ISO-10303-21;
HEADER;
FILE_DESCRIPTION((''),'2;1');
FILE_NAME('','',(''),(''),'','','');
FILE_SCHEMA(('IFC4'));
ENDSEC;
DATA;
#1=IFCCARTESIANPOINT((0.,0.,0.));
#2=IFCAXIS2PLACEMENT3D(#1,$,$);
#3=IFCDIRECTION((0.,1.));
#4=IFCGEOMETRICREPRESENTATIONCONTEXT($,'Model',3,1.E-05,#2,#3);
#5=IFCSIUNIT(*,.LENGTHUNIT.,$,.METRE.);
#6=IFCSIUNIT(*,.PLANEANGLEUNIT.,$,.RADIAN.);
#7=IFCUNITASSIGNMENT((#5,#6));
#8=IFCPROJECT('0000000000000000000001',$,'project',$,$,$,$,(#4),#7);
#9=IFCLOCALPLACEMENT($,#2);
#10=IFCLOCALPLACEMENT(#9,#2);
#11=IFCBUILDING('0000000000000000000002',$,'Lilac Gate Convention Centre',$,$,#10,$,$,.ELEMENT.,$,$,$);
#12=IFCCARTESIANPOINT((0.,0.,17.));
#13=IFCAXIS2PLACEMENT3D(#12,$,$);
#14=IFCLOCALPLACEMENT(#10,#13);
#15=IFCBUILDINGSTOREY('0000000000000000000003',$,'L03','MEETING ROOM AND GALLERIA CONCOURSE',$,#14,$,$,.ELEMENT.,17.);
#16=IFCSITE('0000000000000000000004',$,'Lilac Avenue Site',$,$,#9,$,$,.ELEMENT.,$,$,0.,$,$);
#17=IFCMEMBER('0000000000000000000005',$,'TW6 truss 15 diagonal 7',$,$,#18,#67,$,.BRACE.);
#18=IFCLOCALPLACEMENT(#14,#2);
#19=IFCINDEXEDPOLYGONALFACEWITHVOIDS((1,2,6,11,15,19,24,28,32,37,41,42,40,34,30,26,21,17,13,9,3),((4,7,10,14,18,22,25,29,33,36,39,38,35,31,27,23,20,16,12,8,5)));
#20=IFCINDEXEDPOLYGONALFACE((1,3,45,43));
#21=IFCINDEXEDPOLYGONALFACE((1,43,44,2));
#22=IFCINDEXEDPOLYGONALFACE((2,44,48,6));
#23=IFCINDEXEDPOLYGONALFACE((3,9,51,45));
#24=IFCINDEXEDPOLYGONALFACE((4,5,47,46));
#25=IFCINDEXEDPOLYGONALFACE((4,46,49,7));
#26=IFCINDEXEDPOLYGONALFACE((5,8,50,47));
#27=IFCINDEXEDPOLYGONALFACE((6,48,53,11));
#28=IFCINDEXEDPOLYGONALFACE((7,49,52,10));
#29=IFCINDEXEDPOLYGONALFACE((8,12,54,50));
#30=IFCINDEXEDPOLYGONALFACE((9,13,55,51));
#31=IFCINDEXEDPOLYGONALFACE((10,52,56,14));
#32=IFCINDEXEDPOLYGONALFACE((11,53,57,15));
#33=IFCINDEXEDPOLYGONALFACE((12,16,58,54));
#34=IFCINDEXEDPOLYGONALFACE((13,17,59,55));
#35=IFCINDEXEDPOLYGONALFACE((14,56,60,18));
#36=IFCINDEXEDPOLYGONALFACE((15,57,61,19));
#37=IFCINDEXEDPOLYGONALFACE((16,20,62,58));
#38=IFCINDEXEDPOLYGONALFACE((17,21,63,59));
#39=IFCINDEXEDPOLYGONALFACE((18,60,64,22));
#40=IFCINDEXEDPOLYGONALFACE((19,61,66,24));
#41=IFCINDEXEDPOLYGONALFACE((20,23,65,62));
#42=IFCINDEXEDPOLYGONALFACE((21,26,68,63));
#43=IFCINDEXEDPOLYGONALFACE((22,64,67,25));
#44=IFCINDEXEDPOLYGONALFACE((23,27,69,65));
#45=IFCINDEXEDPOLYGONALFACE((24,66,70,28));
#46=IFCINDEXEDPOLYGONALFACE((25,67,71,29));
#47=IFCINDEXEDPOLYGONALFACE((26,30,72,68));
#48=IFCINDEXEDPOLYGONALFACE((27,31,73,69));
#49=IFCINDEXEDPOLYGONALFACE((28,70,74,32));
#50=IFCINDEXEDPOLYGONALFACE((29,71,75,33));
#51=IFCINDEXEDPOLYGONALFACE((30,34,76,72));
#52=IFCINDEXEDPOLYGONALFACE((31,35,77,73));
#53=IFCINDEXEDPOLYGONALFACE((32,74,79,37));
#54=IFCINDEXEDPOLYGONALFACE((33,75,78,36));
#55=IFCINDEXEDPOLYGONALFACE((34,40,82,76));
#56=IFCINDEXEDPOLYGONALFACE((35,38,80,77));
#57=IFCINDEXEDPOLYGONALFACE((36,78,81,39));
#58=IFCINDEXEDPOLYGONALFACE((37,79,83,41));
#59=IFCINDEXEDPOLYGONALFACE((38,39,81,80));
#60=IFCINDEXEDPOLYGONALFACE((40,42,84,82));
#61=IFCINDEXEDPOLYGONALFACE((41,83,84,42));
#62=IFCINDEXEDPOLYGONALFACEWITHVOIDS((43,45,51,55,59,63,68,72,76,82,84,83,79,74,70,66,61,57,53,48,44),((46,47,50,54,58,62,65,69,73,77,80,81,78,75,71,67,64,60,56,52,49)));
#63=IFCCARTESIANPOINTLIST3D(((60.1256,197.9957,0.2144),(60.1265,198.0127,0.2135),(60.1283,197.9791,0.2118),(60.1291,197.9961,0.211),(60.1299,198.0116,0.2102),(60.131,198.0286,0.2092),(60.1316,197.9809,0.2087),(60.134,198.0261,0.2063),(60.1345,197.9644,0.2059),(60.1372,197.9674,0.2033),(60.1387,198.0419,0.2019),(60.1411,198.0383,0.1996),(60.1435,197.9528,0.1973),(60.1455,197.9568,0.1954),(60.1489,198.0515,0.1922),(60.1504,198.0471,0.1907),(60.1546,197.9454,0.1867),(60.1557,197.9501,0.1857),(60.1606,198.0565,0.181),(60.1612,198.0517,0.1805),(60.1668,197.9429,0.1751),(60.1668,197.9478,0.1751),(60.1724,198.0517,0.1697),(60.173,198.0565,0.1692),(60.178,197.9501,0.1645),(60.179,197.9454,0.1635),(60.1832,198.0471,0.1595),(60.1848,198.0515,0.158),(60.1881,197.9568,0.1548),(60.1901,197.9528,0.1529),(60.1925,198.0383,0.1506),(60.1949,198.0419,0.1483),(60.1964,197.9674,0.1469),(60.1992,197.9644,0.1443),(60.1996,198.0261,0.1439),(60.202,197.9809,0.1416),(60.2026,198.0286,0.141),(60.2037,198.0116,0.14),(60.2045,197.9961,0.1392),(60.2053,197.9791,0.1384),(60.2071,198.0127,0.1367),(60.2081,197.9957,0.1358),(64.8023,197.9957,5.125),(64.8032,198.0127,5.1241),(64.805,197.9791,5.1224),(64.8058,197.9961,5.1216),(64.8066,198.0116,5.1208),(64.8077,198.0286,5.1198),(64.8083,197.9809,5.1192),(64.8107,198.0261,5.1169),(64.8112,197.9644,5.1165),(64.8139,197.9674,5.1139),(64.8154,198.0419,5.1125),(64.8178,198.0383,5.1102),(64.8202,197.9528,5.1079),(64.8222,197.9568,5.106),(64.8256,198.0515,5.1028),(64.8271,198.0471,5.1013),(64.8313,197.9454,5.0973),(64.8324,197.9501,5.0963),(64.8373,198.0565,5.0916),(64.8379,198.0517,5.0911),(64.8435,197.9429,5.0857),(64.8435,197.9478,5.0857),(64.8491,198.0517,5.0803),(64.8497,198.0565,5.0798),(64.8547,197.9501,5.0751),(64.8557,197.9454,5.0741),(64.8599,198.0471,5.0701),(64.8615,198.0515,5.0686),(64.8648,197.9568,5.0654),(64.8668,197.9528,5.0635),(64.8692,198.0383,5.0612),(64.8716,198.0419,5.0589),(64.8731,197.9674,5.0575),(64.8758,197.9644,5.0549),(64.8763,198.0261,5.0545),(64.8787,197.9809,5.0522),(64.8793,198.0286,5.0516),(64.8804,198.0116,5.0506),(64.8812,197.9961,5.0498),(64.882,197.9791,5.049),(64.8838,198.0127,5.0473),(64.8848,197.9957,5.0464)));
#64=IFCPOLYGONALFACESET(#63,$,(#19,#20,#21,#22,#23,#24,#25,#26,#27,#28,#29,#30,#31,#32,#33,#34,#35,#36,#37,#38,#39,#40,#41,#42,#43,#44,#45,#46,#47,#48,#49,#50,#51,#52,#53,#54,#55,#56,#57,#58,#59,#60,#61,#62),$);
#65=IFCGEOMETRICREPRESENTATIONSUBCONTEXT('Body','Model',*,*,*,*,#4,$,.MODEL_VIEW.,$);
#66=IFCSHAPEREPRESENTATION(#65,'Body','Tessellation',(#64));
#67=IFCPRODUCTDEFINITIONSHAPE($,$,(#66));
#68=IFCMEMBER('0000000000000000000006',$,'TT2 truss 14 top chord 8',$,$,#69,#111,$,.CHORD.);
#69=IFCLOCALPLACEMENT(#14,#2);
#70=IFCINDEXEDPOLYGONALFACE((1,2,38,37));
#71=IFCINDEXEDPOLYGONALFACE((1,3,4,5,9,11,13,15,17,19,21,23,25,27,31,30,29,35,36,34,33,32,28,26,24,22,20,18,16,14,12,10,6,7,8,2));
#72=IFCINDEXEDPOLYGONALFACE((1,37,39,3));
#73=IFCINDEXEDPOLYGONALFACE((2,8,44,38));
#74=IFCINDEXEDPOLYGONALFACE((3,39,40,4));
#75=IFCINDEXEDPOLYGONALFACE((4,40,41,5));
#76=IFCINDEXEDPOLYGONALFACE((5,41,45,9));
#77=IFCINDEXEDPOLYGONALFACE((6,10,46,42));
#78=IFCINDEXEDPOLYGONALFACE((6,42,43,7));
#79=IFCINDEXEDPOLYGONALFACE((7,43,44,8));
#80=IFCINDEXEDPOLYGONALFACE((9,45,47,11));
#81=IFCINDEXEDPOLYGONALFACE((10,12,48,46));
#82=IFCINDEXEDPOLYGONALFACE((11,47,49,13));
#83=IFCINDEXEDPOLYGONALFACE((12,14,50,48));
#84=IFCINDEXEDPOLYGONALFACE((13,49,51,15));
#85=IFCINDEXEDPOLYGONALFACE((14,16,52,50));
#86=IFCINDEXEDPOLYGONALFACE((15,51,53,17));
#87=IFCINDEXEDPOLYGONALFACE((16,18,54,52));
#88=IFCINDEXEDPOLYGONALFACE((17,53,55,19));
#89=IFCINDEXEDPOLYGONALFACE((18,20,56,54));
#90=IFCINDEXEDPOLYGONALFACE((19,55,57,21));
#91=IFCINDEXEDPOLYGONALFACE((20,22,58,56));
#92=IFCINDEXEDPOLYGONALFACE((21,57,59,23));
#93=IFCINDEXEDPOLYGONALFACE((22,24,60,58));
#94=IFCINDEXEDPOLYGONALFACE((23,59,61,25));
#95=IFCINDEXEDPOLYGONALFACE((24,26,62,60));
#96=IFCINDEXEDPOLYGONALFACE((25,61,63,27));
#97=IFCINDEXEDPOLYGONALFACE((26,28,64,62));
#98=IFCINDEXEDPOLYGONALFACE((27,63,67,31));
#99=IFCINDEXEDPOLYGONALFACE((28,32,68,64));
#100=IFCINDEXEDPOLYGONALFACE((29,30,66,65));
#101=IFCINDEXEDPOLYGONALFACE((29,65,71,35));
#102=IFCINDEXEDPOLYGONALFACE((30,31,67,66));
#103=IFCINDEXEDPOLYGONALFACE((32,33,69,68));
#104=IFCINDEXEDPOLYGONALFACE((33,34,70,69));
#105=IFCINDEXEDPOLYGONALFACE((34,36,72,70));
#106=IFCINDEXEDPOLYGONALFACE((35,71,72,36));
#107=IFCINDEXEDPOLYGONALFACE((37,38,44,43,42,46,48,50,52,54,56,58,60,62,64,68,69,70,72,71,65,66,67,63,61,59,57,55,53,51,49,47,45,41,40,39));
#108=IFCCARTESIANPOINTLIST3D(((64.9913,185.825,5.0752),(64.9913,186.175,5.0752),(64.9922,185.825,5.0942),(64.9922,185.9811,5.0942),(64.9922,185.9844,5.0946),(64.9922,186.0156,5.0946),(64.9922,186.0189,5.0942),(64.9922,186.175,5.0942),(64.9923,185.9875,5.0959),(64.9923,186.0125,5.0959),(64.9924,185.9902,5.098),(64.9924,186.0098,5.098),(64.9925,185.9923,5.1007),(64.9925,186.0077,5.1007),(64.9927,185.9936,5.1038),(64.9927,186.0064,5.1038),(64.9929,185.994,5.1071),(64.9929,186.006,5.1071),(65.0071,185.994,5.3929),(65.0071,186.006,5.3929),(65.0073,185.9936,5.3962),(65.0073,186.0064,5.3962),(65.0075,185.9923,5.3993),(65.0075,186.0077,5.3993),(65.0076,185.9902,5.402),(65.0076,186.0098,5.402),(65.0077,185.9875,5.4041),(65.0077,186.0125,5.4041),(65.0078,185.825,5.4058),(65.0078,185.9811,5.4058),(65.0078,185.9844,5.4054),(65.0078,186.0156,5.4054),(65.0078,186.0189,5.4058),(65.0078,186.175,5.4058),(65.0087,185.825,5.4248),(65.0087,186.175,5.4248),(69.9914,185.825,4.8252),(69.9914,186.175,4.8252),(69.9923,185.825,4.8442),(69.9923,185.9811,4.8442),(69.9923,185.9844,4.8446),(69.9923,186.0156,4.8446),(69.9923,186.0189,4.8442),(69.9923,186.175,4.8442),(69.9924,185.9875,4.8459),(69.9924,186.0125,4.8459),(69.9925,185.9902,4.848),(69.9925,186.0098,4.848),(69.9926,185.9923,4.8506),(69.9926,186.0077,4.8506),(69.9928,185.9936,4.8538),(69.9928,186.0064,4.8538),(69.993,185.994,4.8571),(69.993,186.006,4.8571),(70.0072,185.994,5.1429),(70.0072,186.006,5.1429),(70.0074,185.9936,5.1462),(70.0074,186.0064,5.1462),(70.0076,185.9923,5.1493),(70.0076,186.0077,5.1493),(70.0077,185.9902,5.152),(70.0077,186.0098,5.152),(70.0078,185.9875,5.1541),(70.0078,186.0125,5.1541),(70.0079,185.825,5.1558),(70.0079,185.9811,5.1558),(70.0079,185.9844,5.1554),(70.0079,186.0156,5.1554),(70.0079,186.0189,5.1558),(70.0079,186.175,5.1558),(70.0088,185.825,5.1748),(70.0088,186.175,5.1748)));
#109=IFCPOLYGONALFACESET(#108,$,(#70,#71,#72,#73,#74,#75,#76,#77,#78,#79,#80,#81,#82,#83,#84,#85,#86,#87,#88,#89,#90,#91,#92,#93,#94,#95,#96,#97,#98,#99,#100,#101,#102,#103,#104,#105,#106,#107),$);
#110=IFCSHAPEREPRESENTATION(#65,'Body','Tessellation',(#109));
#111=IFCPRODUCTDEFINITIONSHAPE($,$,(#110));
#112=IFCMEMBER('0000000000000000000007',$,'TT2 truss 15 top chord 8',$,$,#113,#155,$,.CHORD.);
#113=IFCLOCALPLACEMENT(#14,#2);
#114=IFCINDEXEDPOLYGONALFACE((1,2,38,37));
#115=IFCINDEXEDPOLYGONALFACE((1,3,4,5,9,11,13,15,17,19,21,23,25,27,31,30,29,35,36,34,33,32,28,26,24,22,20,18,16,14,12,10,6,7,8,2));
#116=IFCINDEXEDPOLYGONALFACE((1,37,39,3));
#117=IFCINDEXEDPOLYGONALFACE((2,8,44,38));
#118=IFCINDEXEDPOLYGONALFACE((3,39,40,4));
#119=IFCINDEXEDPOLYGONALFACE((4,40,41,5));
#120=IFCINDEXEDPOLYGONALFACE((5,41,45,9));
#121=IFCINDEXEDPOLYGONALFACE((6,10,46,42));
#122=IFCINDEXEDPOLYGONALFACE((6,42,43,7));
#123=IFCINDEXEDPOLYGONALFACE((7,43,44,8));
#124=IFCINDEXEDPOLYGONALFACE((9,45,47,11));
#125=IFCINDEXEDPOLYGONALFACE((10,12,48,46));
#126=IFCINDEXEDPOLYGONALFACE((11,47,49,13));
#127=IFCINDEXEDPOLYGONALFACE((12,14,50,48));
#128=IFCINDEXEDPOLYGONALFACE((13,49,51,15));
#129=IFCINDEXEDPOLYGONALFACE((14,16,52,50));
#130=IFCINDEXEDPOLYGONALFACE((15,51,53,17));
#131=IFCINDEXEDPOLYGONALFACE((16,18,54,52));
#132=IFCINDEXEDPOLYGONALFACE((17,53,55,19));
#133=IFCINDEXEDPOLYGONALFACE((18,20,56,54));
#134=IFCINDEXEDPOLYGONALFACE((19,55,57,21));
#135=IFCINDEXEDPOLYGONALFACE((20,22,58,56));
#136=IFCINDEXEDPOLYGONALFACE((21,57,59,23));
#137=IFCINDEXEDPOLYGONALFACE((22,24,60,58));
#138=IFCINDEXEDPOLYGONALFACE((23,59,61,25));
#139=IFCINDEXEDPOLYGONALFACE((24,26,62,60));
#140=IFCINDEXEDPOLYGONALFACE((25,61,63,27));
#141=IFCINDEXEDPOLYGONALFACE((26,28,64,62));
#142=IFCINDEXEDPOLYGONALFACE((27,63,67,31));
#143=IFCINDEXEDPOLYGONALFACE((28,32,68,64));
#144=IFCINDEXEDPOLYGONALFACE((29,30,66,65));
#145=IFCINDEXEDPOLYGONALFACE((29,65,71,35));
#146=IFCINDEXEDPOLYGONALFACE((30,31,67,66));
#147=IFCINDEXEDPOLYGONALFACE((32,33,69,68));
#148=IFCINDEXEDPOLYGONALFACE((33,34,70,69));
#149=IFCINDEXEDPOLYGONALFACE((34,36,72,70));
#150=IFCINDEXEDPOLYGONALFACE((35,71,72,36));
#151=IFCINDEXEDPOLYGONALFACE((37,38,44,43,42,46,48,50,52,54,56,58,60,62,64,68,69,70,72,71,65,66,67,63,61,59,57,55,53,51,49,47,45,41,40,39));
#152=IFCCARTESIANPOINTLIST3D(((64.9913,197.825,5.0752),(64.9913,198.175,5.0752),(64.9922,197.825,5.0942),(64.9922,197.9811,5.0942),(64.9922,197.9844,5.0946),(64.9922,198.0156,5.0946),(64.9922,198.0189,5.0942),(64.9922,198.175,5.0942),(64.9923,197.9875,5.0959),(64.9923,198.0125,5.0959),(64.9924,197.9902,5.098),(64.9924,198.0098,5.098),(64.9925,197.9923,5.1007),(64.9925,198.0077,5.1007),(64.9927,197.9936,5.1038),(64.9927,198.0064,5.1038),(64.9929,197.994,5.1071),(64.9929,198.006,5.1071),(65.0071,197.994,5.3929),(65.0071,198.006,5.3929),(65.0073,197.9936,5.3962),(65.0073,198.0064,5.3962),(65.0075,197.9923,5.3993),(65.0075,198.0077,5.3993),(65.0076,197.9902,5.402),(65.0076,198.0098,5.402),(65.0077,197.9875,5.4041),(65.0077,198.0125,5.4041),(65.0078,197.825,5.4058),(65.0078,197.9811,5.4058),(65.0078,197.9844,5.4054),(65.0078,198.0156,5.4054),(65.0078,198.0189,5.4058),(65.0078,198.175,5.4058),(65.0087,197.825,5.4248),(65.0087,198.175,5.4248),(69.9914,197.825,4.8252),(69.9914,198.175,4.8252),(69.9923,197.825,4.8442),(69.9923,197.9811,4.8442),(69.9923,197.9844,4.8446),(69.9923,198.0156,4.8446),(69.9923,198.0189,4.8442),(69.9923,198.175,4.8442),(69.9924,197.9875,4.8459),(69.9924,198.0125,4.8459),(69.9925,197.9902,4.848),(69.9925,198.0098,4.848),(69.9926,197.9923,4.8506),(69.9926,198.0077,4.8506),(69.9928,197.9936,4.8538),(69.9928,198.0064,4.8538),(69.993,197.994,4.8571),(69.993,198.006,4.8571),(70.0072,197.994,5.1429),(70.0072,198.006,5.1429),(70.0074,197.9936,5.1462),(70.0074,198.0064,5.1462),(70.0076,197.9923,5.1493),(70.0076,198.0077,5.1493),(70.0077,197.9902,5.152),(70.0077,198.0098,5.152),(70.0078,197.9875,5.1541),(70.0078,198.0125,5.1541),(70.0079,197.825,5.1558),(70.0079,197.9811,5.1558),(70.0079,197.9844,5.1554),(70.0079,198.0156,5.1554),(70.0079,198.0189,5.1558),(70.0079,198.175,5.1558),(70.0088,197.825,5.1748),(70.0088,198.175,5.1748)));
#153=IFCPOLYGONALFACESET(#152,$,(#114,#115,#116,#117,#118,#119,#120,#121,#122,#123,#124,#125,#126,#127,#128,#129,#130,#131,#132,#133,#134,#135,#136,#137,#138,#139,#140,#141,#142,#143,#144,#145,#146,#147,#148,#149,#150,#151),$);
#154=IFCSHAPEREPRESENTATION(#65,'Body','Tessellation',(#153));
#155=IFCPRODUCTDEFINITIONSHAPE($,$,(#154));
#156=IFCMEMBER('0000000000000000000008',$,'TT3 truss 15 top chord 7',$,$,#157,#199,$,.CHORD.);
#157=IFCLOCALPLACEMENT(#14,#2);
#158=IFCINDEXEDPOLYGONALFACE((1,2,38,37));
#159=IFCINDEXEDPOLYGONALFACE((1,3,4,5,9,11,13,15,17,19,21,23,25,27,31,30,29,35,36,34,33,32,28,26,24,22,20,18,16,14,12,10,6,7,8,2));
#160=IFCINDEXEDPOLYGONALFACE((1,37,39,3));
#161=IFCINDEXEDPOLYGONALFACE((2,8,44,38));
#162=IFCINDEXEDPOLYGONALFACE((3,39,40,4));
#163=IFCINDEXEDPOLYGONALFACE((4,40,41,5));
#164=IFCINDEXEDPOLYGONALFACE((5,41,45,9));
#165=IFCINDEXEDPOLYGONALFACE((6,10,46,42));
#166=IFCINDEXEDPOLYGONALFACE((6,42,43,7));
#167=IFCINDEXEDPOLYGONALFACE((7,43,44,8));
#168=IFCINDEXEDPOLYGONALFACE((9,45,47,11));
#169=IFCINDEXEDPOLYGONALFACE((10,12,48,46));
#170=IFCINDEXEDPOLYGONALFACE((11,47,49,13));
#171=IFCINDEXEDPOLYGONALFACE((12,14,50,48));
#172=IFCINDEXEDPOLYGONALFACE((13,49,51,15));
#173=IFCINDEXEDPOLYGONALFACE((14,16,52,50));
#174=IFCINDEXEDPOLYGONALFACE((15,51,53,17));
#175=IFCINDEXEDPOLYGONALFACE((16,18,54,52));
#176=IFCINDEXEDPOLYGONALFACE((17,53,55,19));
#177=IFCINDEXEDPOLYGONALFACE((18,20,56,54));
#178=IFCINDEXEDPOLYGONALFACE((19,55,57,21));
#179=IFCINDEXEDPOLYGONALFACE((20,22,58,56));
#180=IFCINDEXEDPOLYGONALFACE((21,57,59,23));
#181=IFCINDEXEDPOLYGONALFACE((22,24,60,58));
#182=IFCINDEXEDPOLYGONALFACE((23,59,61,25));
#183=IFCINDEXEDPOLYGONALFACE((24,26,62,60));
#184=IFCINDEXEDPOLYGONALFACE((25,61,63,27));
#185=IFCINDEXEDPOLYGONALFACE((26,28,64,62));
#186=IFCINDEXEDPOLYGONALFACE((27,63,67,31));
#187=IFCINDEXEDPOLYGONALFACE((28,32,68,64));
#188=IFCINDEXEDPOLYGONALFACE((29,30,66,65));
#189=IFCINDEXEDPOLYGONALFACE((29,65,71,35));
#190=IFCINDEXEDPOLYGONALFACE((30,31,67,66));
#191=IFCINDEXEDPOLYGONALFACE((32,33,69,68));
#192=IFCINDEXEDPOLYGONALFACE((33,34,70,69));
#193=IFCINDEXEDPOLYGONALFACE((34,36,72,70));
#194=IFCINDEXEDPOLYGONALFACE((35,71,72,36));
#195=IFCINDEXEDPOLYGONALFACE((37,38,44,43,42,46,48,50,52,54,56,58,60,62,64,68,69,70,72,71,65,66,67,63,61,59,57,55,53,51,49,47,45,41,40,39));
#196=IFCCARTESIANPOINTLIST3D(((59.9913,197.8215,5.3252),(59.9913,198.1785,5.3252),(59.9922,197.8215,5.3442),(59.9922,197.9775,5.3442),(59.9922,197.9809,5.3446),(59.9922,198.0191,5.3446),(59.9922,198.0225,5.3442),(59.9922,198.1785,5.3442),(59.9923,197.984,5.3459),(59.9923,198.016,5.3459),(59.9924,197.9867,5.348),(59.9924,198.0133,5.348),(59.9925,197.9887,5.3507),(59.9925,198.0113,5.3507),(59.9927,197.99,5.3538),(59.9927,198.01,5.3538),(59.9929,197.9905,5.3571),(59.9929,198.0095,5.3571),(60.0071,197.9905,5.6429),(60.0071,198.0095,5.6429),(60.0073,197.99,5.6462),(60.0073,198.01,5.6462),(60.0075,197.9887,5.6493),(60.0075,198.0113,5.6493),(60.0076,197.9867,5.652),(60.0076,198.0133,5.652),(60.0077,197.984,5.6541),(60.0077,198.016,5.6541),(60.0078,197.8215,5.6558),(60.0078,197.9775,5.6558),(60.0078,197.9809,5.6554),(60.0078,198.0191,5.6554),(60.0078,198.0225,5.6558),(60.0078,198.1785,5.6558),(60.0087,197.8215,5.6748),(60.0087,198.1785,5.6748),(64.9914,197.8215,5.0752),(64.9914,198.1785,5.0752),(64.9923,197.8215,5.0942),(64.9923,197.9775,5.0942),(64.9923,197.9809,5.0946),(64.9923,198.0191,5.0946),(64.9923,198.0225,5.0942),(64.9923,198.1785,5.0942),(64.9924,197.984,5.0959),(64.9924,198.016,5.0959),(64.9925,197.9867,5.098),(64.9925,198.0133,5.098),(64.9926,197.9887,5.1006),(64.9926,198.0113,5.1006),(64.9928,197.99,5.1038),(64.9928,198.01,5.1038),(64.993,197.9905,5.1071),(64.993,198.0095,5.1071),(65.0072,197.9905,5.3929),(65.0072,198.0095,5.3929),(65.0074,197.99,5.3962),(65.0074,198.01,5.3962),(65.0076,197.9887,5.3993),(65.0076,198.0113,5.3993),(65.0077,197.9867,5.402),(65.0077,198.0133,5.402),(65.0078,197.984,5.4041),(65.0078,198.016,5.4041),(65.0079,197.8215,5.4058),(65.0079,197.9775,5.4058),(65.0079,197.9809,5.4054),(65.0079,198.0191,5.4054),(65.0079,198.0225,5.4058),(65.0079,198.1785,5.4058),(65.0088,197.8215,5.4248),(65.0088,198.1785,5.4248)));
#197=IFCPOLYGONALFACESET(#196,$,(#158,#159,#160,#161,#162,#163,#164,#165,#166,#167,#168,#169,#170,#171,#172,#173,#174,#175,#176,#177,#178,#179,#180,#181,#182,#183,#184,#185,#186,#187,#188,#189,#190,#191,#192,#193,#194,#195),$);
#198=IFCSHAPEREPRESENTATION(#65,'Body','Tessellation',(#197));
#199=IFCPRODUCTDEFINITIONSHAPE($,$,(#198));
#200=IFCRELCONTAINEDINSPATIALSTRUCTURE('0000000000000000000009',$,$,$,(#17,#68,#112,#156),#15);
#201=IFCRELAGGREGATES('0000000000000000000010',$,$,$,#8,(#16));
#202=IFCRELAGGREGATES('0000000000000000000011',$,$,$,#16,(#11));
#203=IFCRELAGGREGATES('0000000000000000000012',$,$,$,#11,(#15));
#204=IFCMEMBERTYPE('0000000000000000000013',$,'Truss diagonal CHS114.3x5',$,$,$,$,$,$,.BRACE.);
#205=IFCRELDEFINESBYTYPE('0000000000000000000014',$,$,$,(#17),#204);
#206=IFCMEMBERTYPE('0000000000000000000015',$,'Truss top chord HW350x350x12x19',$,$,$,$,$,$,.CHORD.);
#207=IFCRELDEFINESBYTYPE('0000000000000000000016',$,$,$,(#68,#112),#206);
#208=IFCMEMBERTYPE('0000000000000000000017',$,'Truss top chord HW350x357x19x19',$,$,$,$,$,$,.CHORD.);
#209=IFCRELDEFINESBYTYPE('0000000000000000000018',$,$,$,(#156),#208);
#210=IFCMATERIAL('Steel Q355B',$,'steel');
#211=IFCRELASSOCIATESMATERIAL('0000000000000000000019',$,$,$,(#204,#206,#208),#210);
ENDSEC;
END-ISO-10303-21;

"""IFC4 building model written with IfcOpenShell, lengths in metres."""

from ifc_helpers import new_model, si_unit, direction, frame, origin, origin_2d, place, context, subcontext, project, spatial, hollow_circle, i_section, extrude, material, material_profile, profile_set, type_object, element, save


model = new_model("IFC4")

# Units and contexts
model_context = context("Model", 3, precision=1e-05, world=origin(), true_north=direction((0.0, 1.0)))
body_context = subcontext(model_context, "Body", "Model", "MODEL_VIEW")
ifc_project = project(units=[si_unit("LENGTHUNIT", "METRE"), si_unit("PLANEANGLEUNIT", "RADIAN")], contexts=[model_context])

# Site, building, storey
site_placement = place(None, origin())
site = spatial("IfcSite", under=ifc_project, at=site_placement, Name="Lilac Avenue Site", CompositionType="ELEMENT", RefElevation=0.0)
building_placement = place(site_placement, origin())
building = spatial("IfcBuilding", under=site, at=building_placement, Name="Lilac Gate Convention Centre", CompositionType="ELEMENT")
storey_placement = place(building_placement, frame((0.0, 0.0, 17.0)))
storey = spatial("IfcBuildingStorey", under=building, at=storey_placement, Name="L03", Description="MEETING ROOM AND GALLERIA CONCOURSE", CompositionType="ELEMENT", Elevation=17.0)

# Members
ifc_material = material(Name="Steel Q355B", Category="steel")
ifc_material_profile_1 = material_profile(ifc_material, hollow_circle(Radius=0.0571, WallThickness=0.0049, at=origin_2d()), Name="CHS114.3x5")
ifc_profile_set_1 = profile_set([ifc_material_profile_1], Name="Steel Q355B")
member_type_1 = type_object("IfcMemberType", Name="Truss diagonal CHS114.3x5", PredefinedType="BRACE", material=ifc_profile_set_1)
for number, where, z_axis, x_axis, name in (
    (1, (64.8435, 198.0, 5.0857), (-0.689652, 0.0, -0.724141), (0.0, -1.0, 0.0), "TW6 truss 15 diagonal 7"),
):
    element("IfcMember", number, at=place(storey_placement, frame(where, z_axis=z_axis, x_axis=x_axis)), inside=storey, type_object=member_type_1, Name=name, PredefinedType="BRACE", context=body_context, shape_type="SweptSolid", body=[
        extrude(hollow_circle(Radius=0.0571, WallThickness=0.0049, at=origin_2d()), origin(), (0.0, 0.0, 1.0), 6.7812),
    ])
ifc_material_profile_2 = material_profile(ifc_material, i_section(OverallWidth=0.3501, OverallDepth=0.3501, WebThickness=0.012, FlangeThickness=0.019, FilletRadius=0.0129, at=origin_2d()), Name="HW350x350x12x19")
ifc_profile_set_2 = profile_set([ifc_material_profile_2], Name="Steel Q355B")
member_type_2 = type_object("IfcMemberType", Name="Truss top chord HW350x350x12x19", PredefinedType="CHORD", material=ifc_profile_set_2)
for number, where, z_axis, x_axis, name in (
    (2, (65.0, 186.0, 5.25), (0.998752, 0.0, -0.049938), (0.0, 1.0, 0.0), "TT2 truss 14 top chord 8"),
    (3, (65.0, 198.0, 5.25), (0.998752, 0.0, -0.049938), (0.0, 1.0, 0.0), "TT2 truss 15 top chord 8"),
):
    element("IfcMember", number, at=place(storey_placement, frame(where, z_axis=z_axis, x_axis=x_axis)), inside=storey, type_object=member_type_2, Name=name, PredefinedType="CHORD", context=body_context, shape_type="SweptSolid", body=[
        extrude(i_section(OverallWidth=0.3501, OverallDepth=0.3501, WebThickness=0.012, FlangeThickness=0.019, FilletRadius=0.0129, at=origin_2d()), origin(), (0.0, 0.0, 1.0), 5.0063),
    ])
ifc_material_profile_3 = material_profile(ifc_material, i_section(OverallWidth=0.3569, OverallDepth=0.3501, WebThickness=0.019, FlangeThickness=0.019, FilletRadius=0.0129, at=origin_2d()), Name="HW350x357x19x19")
ifc_profile_set_3 = profile_set([ifc_material_profile_3], Name="Steel Q355B")
member_type_3 = type_object("IfcMemberType", Name="Truss top chord HW350x357x19x19", PredefinedType="CHORD", material=ifc_profile_set_3)
member_1_placement = place(storey_placement, frame((60.0, 198.0, 5.5), z_axis=(0.998752, 0.0, -0.049938), x_axis=(0.0, 1.0, 0.0)))
element("IfcMember", 4, at=member_1_placement, inside=storey, type_object=member_type_3, Name="TT3 truss 15 top chord 7", PredefinedType="CHORD", context=body_context, shape_type="SweptSolid", body=[
    extrude(i_section(OverallWidth=0.3569, OverallDepth=0.3501, WebThickness=0.019, FlangeThickness=0.019, FilletRadius=0.0129, at=origin_2d()), origin(), (0.0, 0.0, 1.0), 5.0063),
])

save(model, "model.ifc")
